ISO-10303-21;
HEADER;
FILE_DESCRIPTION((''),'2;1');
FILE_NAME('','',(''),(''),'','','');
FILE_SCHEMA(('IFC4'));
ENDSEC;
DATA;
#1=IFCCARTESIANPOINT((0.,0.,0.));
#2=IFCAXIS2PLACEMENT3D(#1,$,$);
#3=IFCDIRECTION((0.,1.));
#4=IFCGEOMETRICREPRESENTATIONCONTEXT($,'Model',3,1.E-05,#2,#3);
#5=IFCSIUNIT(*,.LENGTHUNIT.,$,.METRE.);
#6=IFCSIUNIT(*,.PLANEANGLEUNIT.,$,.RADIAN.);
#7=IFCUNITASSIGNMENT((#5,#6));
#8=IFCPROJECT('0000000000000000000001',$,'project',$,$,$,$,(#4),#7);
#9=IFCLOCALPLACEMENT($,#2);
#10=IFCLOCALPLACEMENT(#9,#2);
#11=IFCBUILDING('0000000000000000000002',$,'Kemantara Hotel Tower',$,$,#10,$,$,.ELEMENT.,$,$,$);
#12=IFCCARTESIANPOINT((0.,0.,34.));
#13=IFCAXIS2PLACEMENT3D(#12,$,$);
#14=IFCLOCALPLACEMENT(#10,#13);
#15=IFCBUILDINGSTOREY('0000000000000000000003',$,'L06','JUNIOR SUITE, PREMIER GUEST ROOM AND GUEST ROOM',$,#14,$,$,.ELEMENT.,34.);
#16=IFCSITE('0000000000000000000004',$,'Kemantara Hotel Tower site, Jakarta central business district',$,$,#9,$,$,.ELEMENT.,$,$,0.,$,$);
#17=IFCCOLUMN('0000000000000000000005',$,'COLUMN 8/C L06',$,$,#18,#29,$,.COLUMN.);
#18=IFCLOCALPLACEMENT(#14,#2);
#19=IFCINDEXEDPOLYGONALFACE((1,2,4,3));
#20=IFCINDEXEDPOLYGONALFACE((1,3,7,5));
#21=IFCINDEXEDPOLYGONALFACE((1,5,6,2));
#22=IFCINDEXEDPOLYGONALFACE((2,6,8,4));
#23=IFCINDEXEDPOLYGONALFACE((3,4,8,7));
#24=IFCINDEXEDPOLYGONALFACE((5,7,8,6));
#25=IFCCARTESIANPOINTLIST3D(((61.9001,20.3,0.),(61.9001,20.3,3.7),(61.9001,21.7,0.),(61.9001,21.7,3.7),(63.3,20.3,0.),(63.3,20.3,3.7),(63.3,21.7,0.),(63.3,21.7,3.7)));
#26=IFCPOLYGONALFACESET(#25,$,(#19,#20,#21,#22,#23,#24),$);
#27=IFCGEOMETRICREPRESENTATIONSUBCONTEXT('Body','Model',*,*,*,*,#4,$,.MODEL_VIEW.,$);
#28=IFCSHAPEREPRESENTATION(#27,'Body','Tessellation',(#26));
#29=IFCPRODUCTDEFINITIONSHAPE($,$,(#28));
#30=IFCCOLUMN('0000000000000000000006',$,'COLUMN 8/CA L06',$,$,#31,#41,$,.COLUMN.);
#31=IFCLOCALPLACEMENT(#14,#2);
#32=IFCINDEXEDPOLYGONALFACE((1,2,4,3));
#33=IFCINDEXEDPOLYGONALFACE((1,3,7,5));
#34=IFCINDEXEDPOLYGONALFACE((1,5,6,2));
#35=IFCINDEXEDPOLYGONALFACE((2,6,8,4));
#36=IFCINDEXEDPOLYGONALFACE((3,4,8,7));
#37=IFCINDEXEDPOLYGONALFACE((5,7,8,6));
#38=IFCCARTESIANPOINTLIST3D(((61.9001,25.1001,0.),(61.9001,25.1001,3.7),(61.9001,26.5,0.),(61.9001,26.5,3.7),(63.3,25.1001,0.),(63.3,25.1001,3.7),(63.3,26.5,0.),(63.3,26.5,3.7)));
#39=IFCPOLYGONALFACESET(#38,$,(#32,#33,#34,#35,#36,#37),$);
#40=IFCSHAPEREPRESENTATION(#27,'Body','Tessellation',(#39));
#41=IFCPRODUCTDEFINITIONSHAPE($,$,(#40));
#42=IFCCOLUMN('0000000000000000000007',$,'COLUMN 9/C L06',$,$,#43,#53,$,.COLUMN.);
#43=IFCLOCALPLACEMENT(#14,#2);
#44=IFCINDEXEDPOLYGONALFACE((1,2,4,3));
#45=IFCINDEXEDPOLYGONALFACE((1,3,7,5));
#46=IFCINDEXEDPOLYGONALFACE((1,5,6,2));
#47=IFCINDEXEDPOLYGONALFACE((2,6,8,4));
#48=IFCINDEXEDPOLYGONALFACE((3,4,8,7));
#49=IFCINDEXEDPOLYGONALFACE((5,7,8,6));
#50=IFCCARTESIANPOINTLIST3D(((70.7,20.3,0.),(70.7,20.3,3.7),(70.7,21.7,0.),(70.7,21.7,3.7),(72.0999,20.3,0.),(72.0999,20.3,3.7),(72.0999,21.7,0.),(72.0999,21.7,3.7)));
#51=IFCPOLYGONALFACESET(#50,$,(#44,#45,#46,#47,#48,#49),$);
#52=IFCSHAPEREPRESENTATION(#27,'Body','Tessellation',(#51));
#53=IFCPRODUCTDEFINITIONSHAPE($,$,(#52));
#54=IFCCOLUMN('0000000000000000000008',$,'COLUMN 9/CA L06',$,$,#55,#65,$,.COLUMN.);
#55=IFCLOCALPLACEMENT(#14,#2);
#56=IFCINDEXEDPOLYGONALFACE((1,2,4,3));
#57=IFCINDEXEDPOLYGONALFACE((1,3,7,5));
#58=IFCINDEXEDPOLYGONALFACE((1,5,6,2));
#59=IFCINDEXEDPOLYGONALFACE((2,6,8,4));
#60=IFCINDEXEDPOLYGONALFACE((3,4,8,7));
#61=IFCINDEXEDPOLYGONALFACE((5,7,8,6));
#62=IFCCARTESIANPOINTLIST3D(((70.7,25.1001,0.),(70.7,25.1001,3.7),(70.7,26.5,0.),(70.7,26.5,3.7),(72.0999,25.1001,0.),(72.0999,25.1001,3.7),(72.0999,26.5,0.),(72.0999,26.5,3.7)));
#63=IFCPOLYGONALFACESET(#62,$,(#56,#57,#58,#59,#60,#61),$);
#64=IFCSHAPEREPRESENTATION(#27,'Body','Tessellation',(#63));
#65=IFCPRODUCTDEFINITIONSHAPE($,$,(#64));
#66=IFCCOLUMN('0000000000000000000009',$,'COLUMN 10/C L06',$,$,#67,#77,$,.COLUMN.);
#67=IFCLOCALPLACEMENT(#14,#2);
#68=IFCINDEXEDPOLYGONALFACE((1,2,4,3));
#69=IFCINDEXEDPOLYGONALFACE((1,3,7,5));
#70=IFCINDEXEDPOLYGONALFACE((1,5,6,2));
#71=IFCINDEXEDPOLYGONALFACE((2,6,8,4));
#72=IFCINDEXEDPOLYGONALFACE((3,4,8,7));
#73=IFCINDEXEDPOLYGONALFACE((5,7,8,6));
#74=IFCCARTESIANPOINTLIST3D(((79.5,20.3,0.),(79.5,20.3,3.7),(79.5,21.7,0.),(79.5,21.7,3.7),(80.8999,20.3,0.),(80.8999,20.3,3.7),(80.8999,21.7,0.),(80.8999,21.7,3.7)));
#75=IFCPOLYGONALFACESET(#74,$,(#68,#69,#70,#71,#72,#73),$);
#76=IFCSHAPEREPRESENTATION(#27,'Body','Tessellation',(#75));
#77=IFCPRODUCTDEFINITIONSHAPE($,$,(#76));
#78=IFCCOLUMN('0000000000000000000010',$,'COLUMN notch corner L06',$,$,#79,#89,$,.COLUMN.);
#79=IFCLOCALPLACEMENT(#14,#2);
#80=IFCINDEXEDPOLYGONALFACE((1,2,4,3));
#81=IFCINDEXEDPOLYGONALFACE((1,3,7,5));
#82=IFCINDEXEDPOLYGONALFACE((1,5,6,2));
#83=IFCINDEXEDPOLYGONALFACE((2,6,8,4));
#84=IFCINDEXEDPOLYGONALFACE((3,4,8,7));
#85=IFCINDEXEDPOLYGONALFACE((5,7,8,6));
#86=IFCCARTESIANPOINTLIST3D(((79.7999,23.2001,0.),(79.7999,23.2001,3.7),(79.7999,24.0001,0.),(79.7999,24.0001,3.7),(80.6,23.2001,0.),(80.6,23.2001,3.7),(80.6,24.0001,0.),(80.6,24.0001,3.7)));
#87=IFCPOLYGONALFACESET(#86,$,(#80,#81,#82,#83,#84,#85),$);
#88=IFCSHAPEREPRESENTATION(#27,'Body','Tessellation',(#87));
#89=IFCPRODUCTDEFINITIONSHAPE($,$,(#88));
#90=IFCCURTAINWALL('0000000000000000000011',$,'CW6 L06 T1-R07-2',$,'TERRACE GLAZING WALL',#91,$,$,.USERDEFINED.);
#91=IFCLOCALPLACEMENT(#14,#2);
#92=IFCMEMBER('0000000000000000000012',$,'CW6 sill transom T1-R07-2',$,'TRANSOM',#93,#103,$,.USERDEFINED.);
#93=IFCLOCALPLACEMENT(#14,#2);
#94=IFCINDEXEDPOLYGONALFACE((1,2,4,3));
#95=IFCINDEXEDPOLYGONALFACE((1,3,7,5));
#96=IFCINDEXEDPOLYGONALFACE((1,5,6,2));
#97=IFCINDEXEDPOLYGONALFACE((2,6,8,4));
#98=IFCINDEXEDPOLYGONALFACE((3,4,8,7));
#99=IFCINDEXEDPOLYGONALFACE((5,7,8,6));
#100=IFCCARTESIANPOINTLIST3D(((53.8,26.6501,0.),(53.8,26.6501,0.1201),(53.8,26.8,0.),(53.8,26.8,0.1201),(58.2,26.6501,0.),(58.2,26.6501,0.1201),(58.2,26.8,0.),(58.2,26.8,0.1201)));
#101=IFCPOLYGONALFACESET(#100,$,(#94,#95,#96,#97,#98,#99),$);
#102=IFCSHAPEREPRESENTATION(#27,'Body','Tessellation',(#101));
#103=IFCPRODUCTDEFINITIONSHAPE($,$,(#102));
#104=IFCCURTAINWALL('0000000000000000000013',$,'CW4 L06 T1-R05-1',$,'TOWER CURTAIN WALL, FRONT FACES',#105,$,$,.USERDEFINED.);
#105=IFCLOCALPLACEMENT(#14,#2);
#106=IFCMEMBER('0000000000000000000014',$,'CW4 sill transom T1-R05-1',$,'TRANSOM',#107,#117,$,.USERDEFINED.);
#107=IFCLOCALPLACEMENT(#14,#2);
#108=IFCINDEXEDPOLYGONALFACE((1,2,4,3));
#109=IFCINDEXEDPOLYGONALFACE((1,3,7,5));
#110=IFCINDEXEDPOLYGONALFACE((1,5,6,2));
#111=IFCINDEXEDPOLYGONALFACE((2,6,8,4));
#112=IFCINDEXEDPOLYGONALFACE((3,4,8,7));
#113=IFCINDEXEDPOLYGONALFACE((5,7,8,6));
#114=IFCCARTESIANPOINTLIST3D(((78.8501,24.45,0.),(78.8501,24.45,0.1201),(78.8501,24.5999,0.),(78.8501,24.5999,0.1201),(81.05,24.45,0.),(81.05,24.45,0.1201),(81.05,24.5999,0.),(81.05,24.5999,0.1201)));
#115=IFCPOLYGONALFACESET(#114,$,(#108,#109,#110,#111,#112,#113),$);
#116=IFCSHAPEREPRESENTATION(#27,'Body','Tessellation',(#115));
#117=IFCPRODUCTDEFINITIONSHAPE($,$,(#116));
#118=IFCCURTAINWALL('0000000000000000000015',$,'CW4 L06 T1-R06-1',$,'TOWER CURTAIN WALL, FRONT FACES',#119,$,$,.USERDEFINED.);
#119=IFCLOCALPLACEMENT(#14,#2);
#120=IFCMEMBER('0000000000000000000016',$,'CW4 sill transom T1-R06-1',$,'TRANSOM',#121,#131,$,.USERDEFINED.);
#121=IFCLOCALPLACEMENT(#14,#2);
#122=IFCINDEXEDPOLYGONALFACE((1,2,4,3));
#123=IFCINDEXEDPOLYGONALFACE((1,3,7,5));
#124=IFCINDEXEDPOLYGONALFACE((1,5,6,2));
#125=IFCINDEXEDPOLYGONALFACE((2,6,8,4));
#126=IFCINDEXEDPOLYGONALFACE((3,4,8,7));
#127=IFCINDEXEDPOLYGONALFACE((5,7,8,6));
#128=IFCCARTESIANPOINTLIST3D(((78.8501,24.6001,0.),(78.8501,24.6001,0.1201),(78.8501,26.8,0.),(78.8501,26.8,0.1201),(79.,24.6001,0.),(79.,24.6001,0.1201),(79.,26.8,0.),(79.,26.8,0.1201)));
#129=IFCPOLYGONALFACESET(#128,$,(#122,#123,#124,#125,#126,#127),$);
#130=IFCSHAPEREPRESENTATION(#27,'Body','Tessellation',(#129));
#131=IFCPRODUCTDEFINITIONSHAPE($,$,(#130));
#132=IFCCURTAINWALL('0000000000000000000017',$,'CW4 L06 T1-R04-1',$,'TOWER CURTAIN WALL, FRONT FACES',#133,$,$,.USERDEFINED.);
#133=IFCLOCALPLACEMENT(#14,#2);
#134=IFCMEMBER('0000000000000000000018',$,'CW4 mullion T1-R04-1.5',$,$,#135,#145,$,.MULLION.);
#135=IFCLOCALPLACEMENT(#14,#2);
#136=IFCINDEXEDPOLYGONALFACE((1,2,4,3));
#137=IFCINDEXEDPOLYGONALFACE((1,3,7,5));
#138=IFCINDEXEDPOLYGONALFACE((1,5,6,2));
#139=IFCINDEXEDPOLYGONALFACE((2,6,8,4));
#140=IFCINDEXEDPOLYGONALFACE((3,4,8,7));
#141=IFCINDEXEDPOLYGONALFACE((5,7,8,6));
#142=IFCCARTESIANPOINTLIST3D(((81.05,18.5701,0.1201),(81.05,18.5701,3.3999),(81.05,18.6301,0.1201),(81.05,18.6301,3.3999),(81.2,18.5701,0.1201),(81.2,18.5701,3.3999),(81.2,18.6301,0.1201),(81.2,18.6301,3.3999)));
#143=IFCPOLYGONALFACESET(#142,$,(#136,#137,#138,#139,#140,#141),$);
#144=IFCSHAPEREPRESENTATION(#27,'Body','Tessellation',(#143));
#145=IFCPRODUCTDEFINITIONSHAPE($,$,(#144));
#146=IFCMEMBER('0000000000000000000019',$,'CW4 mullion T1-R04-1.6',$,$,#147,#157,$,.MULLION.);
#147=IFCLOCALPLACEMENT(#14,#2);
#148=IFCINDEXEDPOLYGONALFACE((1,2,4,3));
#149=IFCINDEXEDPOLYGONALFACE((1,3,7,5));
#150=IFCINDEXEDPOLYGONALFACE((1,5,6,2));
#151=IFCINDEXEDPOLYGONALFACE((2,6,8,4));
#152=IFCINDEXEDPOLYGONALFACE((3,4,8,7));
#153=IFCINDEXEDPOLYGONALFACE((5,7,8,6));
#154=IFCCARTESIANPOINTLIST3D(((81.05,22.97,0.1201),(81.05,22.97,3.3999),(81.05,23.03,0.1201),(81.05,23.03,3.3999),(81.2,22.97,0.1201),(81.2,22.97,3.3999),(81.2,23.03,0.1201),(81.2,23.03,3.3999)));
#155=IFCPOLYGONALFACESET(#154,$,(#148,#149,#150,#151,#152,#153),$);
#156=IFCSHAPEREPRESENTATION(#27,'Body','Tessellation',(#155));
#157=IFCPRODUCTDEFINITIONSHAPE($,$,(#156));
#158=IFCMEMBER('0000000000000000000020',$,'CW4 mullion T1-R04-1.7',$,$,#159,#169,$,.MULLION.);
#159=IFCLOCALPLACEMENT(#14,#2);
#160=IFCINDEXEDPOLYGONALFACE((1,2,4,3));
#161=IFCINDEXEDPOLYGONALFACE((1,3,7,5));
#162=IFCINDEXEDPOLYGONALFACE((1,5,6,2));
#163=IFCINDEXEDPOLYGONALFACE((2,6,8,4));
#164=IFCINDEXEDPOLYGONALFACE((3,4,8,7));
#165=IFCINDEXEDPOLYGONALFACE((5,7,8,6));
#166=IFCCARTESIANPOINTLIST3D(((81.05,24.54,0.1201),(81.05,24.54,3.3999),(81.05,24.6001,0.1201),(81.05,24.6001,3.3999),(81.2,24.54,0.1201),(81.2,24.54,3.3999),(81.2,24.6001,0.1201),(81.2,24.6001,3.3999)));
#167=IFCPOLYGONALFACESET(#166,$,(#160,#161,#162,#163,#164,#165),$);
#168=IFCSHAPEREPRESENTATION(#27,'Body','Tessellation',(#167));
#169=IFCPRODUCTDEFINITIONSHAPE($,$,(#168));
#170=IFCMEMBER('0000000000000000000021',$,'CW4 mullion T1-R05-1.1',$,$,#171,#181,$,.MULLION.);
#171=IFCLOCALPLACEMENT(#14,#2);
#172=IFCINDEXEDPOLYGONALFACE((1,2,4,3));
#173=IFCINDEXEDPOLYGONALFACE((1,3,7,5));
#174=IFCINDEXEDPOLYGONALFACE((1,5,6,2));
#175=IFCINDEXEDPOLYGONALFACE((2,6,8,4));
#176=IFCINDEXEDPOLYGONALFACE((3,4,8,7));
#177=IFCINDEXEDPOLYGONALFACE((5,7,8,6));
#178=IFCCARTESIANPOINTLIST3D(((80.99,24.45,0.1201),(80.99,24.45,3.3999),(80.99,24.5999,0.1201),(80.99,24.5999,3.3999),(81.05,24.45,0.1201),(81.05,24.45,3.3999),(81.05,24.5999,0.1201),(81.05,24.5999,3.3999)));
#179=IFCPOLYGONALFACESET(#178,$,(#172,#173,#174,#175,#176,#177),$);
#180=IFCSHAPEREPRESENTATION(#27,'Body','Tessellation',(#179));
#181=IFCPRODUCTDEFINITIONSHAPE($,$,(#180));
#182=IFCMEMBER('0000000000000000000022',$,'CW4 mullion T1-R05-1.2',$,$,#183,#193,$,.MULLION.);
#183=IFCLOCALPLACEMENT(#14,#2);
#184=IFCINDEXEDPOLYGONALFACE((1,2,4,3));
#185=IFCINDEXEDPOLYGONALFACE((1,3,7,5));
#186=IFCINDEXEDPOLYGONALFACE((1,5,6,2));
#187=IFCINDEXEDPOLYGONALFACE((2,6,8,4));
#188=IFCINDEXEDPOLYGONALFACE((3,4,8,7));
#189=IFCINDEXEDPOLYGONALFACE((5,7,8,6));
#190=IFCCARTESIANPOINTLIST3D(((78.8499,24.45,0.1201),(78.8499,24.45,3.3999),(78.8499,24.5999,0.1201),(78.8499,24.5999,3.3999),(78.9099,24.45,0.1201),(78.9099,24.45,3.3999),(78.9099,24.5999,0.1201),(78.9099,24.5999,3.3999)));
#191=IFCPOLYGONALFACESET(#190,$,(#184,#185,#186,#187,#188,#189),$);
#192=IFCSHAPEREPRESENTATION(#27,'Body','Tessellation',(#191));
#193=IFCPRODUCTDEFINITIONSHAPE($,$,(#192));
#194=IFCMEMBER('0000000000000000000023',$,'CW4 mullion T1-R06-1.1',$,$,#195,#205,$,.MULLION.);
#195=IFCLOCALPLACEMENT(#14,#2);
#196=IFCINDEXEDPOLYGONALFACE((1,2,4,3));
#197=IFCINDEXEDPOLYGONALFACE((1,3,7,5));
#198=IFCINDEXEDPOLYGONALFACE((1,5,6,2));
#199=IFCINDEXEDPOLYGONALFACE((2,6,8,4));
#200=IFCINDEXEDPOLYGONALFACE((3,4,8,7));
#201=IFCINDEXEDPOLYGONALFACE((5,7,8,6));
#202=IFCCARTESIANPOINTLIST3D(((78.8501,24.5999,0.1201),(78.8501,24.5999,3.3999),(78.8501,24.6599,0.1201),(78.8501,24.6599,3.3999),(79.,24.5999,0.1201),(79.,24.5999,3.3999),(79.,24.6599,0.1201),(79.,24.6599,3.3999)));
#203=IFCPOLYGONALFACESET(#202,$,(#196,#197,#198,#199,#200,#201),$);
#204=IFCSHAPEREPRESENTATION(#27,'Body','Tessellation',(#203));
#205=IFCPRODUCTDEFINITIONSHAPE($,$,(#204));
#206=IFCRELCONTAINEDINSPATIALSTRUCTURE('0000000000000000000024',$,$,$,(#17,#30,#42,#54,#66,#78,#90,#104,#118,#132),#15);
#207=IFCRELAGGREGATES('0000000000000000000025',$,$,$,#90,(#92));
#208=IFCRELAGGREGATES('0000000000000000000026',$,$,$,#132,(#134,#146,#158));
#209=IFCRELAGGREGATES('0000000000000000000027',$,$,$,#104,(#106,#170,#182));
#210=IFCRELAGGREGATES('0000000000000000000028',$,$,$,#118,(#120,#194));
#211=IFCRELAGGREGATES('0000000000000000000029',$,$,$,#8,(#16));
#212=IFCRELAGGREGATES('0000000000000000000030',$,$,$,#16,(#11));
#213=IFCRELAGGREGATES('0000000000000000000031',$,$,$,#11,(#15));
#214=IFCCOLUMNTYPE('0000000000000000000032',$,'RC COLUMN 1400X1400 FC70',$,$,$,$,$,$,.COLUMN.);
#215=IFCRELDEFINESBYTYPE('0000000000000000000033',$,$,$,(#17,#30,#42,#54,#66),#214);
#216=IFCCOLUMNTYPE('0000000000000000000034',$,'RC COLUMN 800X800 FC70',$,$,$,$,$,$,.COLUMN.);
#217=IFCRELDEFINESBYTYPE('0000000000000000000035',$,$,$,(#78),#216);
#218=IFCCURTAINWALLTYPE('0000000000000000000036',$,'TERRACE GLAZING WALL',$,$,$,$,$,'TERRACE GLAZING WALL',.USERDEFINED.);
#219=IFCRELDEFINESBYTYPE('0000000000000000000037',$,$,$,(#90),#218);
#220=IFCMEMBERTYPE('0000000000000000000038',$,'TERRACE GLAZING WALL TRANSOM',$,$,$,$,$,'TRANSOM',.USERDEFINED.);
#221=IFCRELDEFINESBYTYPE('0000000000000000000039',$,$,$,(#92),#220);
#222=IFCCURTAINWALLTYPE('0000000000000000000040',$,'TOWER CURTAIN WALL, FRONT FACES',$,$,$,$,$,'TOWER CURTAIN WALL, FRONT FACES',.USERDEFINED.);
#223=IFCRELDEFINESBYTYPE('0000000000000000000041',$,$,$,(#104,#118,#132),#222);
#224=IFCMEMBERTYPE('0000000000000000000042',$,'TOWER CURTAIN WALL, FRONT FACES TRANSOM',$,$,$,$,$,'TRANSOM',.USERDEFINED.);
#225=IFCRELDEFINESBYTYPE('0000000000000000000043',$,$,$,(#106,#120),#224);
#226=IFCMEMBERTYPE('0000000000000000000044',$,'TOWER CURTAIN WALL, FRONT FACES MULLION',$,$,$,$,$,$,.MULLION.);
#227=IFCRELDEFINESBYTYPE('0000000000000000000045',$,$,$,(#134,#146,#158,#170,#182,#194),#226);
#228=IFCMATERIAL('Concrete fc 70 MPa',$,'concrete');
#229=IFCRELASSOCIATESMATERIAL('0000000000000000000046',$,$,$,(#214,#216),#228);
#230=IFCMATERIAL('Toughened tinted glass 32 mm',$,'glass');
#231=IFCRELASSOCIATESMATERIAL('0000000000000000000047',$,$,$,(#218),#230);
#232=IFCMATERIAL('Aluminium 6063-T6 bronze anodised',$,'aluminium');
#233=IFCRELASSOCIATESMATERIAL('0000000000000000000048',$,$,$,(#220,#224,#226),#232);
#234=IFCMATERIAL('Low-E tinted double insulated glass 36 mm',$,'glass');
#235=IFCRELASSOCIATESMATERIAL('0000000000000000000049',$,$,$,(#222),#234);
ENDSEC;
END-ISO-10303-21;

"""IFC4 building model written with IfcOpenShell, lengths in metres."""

from ifc_helpers import new_model, si_unit, direction, frame, origin, origin_2d, place, context, subcontext, project, spatial, rectangle, extrude, source, transform, mapped, material, material_profile, profile_set, type_object, element, aggregate, save


model = new_model("IFC4")

# Units and contexts
model_context = context("Model", 3, precision=1e-05, world=origin(), true_north=direction((0.0, 1.0)))
body_context = subcontext(model_context, "Body", "Model", "MODEL_VIEW")
ifc_project = project(units=[si_unit("LENGTHUNIT", "METRE"), si_unit("PLANEANGLEUNIT", "RADIAN")], contexts=[model_context])

# Site, building, storey
site_placement = place(None, origin())
site = spatial("IfcSite", under=ifc_project, at=site_placement, Name="Kemantara Hotel Tower site, Jakarta central business district", CompositionType="ELEMENT", RefElevation=0.0)
building_placement = place(site_placement, origin())
building = spatial("IfcBuilding", under=site, at=building_placement, Name="Kemantara Hotel Tower", CompositionType="ELEMENT")
storey_placement = place(building_placement, frame((0.0, 0.0, 34.0)))
storey = spatial("IfcBuildingStorey", under=building, at=storey_placement, Name="L06", Description="JUNIOR SUITE, PREMIER GUEST ROOM AND GUEST ROOM", CompositionType="ELEMENT", Elevation=34.0)

# Columns
ifc_material_1 = material(Name="Concrete fc 70 MPa", Category="concrete")
ifc_material_profile_1 = material_profile(ifc_material_1, rectangle(XDim=1.3999, YDim=1.3999, at=origin_2d()), Name="RC 1400X1400")
ifc_profile_set_1 = profile_set([ifc_material_profile_1], Name="Concrete fc 70 MPa")
column_type_1 = type_object("IfcColumnType", Name="RC COLUMN 1400X1400 FC70", PredefinedType="COLUMN", material=ifc_profile_set_1)
for number, where, z_axis, x_axis, name in (
    (1, (62.6001, 21.0, 0.0), (0.0, 0.0, 1.0), (1.0, 0.0, 0.0), "COLUMN 8/C L06"),
    (2, (62.6001, 25.8, 0.0), (0.0, 0.0, 1.0), (1.0, 0.0, 0.0), "COLUMN 8/CA L06"),
    (3, (71.3999, 21.0, 0.0), (0.0, 0.0, 1.0), (1.0, 0.0, 0.0), "COLUMN 9/C L06"),
    (4, (71.3999, 25.8, 0.0), (0.0, 0.0, 1.0), (1.0, 0.0, 0.0), "COLUMN 9/CA L06"),
    (5, (80.2, 21.0, 0.0), (0.0, 0.0, 1.0), (1.0, 0.0, 0.0), "COLUMN 10/C L06"),
):
    element("IfcColumn", number, at=place(storey_placement, frame(where, z_axis=z_axis, x_axis=x_axis)), inside=storey, type_object=column_type_1, Name=name, PredefinedType="COLUMN", context=body_context, shape_type="SweptSolid", body=[
        extrude(rectangle(XDim=1.3999, YDim=1.3999, at=origin_2d()), origin(), (0.0, 0.0, 1.0), 3.7),
    ])
ifc_material_profile_2 = material_profile(ifc_material_1, rectangle(XDim=0.8, YDim=0.8, at=origin_2d()), Name="RC 800X800")
ifc_profile_set_2 = profile_set([ifc_material_profile_2], Name="Concrete fc 70 MPa")
column_type_2 = type_object("IfcColumnType", Name="RC COLUMN 800X800 FC70", PredefinedType="COLUMN", material=ifc_profile_set_2)
column_placement = place(storey_placement, frame((80.2, 23.6001, 0.0), z_axis=(0.0, 0.0, 1.0), x_axis=(1.0, 0.0, 0.0)))
element("IfcColumn", 6, at=column_placement, inside=storey, type_object=column_type_2, Name="COLUMN notch corner L06", PredefinedType="COLUMN", context=body_context, shape_type="SweptSolid", body=[
    extrude(rectangle(XDim=0.8, YDim=0.8, at=origin_2d()), origin(), (0.0, 0.0, 1.0), 3.7),
])

# Curtain walls, members
ifc_material_2 = material(Name="Toughened tinted glass 32 mm", Category="glass")
curtain_wall_type_1 = type_object("IfcCurtainWallType", Name="TERRACE GLAZING WALL", ElementType="TERRACE GLAZING WALL", PredefinedType="USERDEFINED", material=ifc_material_2)
curtain_wall_1_placement = place(storey_placement, origin())
curtain_wall_1 = element("IfcCurtainWall", 7, at=curtain_wall_1_placement, inside=storey, type_object=curtain_wall_type_1, Name="CW6 L06 T1-R07-2", ObjectType="TERRACE GLAZING WALL", PredefinedType="USERDEFINED")
ifc_material_3 = material(Name="Aluminium 6063-T6 bronze anodised", Category="aluminium")
ifc_material_profile_3 = material_profile(ifc_material_3, rectangle(XDim=0.1499, YDim=0.1201, at=origin_2d()), Name="TERRACE GLAZING WALL TRANSOM")
ifc_profile_set_3 = profile_set([ifc_material_profile_3], Name="Aluminium 6063-T6 bronze anodised")
member_type_1 = type_object("IfcMemberType", Name="TERRACE GLAZING WALL TRANSOM", ElementType="TRANSOM", PredefinedType="USERDEFINED", material=ifc_profile_set_3)
member_1_placement = place(storey_placement, frame((58.2, 26.7251, 0.0601), z_axis=(-1.0, 0.0, 0.0), x_axis=(0.0, -1.0, 0.0)))
member_1 = element("IfcMember", 8, at=member_1_placement, type_object=member_type_1, Name="CW6 sill transom T1-R07-2", ObjectType="TRANSOM", PredefinedType="USERDEFINED", context=body_context, shape_type="SweptSolid", body=[
    extrude(rectangle(XDim=0.1499, YDim=0.1201, at=origin_2d()), origin(), (0.0, 0.0, 1.0), 4.3999),
])
ifc_material_4 = material(Name="Low-E tinted double insulated glass 36 mm", Category="glass")
curtain_wall_type_2 = type_object("IfcCurtainWallType", Name="TOWER CURTAIN WALL, FRONT FACES", ElementType="TOWER CURTAIN WALL, FRONT FACES", PredefinedType="USERDEFINED", material=ifc_material_4)
curtain_wall_2_placement = place(storey_placement, origin())
curtain_wall_2 = element("IfcCurtainWall", 9, at=curtain_wall_2_placement, inside=storey, type_object=curtain_wall_type_2, Name="CW4 L06 T1-R05-1", ObjectType="TOWER CURTAIN WALL, FRONT FACES", PredefinedType="USERDEFINED")
ifc_material_profile_4 = material_profile(ifc_material_3, rectangle(XDim=0.1499, YDim=0.1201, at=origin_2d()), Name="TOWER CURTAIN WALL, FRONT FACES TRANSOM")
ifc_profile_set_4 = profile_set([ifc_material_profile_4], Name="Aluminium 6063-T6 bronze anodised")
member_type_2 = type_object("IfcMemberType", Name="TOWER CURTAIN WALL, FRONT FACES TRANSOM", ElementType="TRANSOM", PredefinedType="USERDEFINED", material=ifc_profile_set_4)
member_2_placement = place(storey_placement, frame((81.05, 24.5249, 0.0601), z_axis=(-1.0, 0.0, 0.0), x_axis=(0.0, -1.0, 0.0)))
member_2 = element("IfcMember", 10, at=member_2_placement, type_object=member_type_2, Name="CW4 sill transom T1-R05-1", ObjectType="TRANSOM", PredefinedType="USERDEFINED", context=body_context, shape_type="SweptSolid", body=[
    extrude(rectangle(XDim=0.1499, YDim=0.1201, at=origin_2d()), origin(), (0.0, 0.0, 1.0), 2.2),
])
curtain_wall_3_placement = place(storey_placement, origin())
curtain_wall_3 = element("IfcCurtainWall", 11, at=curtain_wall_3_placement, inside=storey, type_object=curtain_wall_type_2, Name="CW4 L06 T1-R06-1", ObjectType="TOWER CURTAIN WALL, FRONT FACES", PredefinedType="USERDEFINED")
member_3_placement = place(storey_placement, frame((78.925, 24.6001, 0.0601), z_axis=(0.0, 1.0, 0.0), x_axis=(-1.0, 0.0, 0.0)))
member_3 = element("IfcMember", 12, at=member_3_placement, type_object=member_type_2, Name="CW4 sill transom T1-R06-1", ObjectType="TRANSOM", PredefinedType="USERDEFINED", context=body_context, shape_type="SweptSolid", body=[
    extrude(rectangle(XDim=0.1499, YDim=0.1201, at=origin_2d()), origin(), (0.0, 0.0, 1.0), 2.2),
])

# Curtain wall, members
curtain_wall_4_placement = place(storey_placement, origin())
curtain_wall_4 = element("IfcCurtainWall", 13, at=curtain_wall_4_placement, inside=storey, type_object=curtain_wall_type_2, Name="CW4 L06 T1-R04-1", ObjectType="TOWER CURTAIN WALL, FRONT FACES", PredefinedType="USERDEFINED")
ifc_material_profile_5 = material_profile(ifc_material_3, rectangle(XDim=0.1499, YDim=0.0601, at=origin_2d()), Name="TOWER CURTAIN WALL, FRONT FACES MULLION")
ifc_profile_set_5 = profile_set([ifc_material_profile_5], Name="Aluminium 6063-T6 bronze anodised")
member_type_3 = type_object("IfcMemberType", Name="TOWER CURTAIN WALL, FRONT FACES MULLION", PredefinedType="MULLION", material=ifc_profile_set_5)
shared_shape_1 = source(origin(), body_context, "Body", "SweptSolid", [
    extrude(rectangle(XDim=0.1499, YDim=0.0601, at=origin_2d()), origin(), (0.0, 0.0, 1.0), 3.2798),
])
member_4_placement = place(storey_placement, frame((81.125, 18.6001, 0.1201), z_axis=(0.0, 0.0, 1.0), x_axis=(-1.0, 0.0, 0.0)))
member_4 = element("IfcMember", 14, at=member_4_placement, type_object=member_type_3, Name="CW4 mullion T1-R04-1.5", PredefinedType="MULLION", context=body_context, shape_type="MappedRepresentation", body=[
    mapped(shared_shape_1, transform((0.0, 0.0, 0.0))),
])
member_5_placement = place(storey_placement, frame((81.125, 23.0, 0.1201), z_axis=(0.0, 0.0, 1.0), x_axis=(-1.0, 0.0, 0.0)))
member_5 = element("IfcMember", 15, at=member_5_placement, type_object=member_type_3, Name="CW4 mullion T1-R04-1.6", PredefinedType="MULLION", context=body_context, shape_type="MappedRepresentation", body=[
    mapped(shared_shape_1, transform((0.0, 0.0, 0.0))),
])
member_6_placement = place(storey_placement, frame((81.125, 24.5701, 0.1201), z_axis=(0.0, 0.0, 1.0), x_axis=(-1.0, 0.0, 0.0)))
member_6 = element("IfcMember", 16, at=member_6_placement, type_object=member_type_3, Name="CW4 mullion T1-R04-1.7", PredefinedType="MULLION", context=body_context, shape_type="MappedRepresentation", body=[
    mapped(shared_shape_1, transform((0.0, 0.0, 0.0))),
])

# Members
member_7_placement = place(storey_placement, frame((81.02, 24.5249, 0.1201), z_axis=(0.0, 0.0, 1.0), x_axis=(0.0, -1.0, 0.0)))
member_7 = element("IfcMember", 17, at=member_7_placement, type_object=member_type_3, Name="CW4 mullion T1-R05-1.1", PredefinedType="MULLION", context=body_context, shape_type="MappedRepresentation", body=[
    mapped(shared_shape_1, transform((0.0, 0.0, 0.0))),
])
member_8_placement = place(storey_placement, frame((78.8799, 24.5249, 0.1201), z_axis=(0.0, 0.0, 1.0), x_axis=(0.0, -1.0, 0.0)))
member_8 = element("IfcMember", 18, at=member_8_placement, type_object=member_type_3, Name="CW4 mullion T1-R05-1.2", PredefinedType="MULLION", context=body_context, shape_type="MappedRepresentation", body=[
    mapped(shared_shape_1, transform((0.0, 0.0, 0.0))),
])
member_9_placement = place(storey_placement, frame((78.925, 24.6299, 0.1201), z_axis=(0.0, 0.0, 1.0), x_axis=(-1.0, 0.0, 0.0)))
member_9 = element("IfcMember", 19, at=member_9_placement, type_object=member_type_3, Name="CW4 mullion T1-R06-1.1", PredefinedType="MULLION", context=body_context, shape_type="MappedRepresentation", body=[
    mapped(shared_shape_1, transform((0.0, 0.0, 0.0))),
])
aggregate(curtain_wall_1, [member_1])

aggregate(curtain_wall_4, [member_4, member_5, member_6])
aggregate(curtain_wall_2, [member_2, member_7, member_8])
aggregate(curtain_wall_3, [member_3, member_9])

save(model, "model.ifc")
